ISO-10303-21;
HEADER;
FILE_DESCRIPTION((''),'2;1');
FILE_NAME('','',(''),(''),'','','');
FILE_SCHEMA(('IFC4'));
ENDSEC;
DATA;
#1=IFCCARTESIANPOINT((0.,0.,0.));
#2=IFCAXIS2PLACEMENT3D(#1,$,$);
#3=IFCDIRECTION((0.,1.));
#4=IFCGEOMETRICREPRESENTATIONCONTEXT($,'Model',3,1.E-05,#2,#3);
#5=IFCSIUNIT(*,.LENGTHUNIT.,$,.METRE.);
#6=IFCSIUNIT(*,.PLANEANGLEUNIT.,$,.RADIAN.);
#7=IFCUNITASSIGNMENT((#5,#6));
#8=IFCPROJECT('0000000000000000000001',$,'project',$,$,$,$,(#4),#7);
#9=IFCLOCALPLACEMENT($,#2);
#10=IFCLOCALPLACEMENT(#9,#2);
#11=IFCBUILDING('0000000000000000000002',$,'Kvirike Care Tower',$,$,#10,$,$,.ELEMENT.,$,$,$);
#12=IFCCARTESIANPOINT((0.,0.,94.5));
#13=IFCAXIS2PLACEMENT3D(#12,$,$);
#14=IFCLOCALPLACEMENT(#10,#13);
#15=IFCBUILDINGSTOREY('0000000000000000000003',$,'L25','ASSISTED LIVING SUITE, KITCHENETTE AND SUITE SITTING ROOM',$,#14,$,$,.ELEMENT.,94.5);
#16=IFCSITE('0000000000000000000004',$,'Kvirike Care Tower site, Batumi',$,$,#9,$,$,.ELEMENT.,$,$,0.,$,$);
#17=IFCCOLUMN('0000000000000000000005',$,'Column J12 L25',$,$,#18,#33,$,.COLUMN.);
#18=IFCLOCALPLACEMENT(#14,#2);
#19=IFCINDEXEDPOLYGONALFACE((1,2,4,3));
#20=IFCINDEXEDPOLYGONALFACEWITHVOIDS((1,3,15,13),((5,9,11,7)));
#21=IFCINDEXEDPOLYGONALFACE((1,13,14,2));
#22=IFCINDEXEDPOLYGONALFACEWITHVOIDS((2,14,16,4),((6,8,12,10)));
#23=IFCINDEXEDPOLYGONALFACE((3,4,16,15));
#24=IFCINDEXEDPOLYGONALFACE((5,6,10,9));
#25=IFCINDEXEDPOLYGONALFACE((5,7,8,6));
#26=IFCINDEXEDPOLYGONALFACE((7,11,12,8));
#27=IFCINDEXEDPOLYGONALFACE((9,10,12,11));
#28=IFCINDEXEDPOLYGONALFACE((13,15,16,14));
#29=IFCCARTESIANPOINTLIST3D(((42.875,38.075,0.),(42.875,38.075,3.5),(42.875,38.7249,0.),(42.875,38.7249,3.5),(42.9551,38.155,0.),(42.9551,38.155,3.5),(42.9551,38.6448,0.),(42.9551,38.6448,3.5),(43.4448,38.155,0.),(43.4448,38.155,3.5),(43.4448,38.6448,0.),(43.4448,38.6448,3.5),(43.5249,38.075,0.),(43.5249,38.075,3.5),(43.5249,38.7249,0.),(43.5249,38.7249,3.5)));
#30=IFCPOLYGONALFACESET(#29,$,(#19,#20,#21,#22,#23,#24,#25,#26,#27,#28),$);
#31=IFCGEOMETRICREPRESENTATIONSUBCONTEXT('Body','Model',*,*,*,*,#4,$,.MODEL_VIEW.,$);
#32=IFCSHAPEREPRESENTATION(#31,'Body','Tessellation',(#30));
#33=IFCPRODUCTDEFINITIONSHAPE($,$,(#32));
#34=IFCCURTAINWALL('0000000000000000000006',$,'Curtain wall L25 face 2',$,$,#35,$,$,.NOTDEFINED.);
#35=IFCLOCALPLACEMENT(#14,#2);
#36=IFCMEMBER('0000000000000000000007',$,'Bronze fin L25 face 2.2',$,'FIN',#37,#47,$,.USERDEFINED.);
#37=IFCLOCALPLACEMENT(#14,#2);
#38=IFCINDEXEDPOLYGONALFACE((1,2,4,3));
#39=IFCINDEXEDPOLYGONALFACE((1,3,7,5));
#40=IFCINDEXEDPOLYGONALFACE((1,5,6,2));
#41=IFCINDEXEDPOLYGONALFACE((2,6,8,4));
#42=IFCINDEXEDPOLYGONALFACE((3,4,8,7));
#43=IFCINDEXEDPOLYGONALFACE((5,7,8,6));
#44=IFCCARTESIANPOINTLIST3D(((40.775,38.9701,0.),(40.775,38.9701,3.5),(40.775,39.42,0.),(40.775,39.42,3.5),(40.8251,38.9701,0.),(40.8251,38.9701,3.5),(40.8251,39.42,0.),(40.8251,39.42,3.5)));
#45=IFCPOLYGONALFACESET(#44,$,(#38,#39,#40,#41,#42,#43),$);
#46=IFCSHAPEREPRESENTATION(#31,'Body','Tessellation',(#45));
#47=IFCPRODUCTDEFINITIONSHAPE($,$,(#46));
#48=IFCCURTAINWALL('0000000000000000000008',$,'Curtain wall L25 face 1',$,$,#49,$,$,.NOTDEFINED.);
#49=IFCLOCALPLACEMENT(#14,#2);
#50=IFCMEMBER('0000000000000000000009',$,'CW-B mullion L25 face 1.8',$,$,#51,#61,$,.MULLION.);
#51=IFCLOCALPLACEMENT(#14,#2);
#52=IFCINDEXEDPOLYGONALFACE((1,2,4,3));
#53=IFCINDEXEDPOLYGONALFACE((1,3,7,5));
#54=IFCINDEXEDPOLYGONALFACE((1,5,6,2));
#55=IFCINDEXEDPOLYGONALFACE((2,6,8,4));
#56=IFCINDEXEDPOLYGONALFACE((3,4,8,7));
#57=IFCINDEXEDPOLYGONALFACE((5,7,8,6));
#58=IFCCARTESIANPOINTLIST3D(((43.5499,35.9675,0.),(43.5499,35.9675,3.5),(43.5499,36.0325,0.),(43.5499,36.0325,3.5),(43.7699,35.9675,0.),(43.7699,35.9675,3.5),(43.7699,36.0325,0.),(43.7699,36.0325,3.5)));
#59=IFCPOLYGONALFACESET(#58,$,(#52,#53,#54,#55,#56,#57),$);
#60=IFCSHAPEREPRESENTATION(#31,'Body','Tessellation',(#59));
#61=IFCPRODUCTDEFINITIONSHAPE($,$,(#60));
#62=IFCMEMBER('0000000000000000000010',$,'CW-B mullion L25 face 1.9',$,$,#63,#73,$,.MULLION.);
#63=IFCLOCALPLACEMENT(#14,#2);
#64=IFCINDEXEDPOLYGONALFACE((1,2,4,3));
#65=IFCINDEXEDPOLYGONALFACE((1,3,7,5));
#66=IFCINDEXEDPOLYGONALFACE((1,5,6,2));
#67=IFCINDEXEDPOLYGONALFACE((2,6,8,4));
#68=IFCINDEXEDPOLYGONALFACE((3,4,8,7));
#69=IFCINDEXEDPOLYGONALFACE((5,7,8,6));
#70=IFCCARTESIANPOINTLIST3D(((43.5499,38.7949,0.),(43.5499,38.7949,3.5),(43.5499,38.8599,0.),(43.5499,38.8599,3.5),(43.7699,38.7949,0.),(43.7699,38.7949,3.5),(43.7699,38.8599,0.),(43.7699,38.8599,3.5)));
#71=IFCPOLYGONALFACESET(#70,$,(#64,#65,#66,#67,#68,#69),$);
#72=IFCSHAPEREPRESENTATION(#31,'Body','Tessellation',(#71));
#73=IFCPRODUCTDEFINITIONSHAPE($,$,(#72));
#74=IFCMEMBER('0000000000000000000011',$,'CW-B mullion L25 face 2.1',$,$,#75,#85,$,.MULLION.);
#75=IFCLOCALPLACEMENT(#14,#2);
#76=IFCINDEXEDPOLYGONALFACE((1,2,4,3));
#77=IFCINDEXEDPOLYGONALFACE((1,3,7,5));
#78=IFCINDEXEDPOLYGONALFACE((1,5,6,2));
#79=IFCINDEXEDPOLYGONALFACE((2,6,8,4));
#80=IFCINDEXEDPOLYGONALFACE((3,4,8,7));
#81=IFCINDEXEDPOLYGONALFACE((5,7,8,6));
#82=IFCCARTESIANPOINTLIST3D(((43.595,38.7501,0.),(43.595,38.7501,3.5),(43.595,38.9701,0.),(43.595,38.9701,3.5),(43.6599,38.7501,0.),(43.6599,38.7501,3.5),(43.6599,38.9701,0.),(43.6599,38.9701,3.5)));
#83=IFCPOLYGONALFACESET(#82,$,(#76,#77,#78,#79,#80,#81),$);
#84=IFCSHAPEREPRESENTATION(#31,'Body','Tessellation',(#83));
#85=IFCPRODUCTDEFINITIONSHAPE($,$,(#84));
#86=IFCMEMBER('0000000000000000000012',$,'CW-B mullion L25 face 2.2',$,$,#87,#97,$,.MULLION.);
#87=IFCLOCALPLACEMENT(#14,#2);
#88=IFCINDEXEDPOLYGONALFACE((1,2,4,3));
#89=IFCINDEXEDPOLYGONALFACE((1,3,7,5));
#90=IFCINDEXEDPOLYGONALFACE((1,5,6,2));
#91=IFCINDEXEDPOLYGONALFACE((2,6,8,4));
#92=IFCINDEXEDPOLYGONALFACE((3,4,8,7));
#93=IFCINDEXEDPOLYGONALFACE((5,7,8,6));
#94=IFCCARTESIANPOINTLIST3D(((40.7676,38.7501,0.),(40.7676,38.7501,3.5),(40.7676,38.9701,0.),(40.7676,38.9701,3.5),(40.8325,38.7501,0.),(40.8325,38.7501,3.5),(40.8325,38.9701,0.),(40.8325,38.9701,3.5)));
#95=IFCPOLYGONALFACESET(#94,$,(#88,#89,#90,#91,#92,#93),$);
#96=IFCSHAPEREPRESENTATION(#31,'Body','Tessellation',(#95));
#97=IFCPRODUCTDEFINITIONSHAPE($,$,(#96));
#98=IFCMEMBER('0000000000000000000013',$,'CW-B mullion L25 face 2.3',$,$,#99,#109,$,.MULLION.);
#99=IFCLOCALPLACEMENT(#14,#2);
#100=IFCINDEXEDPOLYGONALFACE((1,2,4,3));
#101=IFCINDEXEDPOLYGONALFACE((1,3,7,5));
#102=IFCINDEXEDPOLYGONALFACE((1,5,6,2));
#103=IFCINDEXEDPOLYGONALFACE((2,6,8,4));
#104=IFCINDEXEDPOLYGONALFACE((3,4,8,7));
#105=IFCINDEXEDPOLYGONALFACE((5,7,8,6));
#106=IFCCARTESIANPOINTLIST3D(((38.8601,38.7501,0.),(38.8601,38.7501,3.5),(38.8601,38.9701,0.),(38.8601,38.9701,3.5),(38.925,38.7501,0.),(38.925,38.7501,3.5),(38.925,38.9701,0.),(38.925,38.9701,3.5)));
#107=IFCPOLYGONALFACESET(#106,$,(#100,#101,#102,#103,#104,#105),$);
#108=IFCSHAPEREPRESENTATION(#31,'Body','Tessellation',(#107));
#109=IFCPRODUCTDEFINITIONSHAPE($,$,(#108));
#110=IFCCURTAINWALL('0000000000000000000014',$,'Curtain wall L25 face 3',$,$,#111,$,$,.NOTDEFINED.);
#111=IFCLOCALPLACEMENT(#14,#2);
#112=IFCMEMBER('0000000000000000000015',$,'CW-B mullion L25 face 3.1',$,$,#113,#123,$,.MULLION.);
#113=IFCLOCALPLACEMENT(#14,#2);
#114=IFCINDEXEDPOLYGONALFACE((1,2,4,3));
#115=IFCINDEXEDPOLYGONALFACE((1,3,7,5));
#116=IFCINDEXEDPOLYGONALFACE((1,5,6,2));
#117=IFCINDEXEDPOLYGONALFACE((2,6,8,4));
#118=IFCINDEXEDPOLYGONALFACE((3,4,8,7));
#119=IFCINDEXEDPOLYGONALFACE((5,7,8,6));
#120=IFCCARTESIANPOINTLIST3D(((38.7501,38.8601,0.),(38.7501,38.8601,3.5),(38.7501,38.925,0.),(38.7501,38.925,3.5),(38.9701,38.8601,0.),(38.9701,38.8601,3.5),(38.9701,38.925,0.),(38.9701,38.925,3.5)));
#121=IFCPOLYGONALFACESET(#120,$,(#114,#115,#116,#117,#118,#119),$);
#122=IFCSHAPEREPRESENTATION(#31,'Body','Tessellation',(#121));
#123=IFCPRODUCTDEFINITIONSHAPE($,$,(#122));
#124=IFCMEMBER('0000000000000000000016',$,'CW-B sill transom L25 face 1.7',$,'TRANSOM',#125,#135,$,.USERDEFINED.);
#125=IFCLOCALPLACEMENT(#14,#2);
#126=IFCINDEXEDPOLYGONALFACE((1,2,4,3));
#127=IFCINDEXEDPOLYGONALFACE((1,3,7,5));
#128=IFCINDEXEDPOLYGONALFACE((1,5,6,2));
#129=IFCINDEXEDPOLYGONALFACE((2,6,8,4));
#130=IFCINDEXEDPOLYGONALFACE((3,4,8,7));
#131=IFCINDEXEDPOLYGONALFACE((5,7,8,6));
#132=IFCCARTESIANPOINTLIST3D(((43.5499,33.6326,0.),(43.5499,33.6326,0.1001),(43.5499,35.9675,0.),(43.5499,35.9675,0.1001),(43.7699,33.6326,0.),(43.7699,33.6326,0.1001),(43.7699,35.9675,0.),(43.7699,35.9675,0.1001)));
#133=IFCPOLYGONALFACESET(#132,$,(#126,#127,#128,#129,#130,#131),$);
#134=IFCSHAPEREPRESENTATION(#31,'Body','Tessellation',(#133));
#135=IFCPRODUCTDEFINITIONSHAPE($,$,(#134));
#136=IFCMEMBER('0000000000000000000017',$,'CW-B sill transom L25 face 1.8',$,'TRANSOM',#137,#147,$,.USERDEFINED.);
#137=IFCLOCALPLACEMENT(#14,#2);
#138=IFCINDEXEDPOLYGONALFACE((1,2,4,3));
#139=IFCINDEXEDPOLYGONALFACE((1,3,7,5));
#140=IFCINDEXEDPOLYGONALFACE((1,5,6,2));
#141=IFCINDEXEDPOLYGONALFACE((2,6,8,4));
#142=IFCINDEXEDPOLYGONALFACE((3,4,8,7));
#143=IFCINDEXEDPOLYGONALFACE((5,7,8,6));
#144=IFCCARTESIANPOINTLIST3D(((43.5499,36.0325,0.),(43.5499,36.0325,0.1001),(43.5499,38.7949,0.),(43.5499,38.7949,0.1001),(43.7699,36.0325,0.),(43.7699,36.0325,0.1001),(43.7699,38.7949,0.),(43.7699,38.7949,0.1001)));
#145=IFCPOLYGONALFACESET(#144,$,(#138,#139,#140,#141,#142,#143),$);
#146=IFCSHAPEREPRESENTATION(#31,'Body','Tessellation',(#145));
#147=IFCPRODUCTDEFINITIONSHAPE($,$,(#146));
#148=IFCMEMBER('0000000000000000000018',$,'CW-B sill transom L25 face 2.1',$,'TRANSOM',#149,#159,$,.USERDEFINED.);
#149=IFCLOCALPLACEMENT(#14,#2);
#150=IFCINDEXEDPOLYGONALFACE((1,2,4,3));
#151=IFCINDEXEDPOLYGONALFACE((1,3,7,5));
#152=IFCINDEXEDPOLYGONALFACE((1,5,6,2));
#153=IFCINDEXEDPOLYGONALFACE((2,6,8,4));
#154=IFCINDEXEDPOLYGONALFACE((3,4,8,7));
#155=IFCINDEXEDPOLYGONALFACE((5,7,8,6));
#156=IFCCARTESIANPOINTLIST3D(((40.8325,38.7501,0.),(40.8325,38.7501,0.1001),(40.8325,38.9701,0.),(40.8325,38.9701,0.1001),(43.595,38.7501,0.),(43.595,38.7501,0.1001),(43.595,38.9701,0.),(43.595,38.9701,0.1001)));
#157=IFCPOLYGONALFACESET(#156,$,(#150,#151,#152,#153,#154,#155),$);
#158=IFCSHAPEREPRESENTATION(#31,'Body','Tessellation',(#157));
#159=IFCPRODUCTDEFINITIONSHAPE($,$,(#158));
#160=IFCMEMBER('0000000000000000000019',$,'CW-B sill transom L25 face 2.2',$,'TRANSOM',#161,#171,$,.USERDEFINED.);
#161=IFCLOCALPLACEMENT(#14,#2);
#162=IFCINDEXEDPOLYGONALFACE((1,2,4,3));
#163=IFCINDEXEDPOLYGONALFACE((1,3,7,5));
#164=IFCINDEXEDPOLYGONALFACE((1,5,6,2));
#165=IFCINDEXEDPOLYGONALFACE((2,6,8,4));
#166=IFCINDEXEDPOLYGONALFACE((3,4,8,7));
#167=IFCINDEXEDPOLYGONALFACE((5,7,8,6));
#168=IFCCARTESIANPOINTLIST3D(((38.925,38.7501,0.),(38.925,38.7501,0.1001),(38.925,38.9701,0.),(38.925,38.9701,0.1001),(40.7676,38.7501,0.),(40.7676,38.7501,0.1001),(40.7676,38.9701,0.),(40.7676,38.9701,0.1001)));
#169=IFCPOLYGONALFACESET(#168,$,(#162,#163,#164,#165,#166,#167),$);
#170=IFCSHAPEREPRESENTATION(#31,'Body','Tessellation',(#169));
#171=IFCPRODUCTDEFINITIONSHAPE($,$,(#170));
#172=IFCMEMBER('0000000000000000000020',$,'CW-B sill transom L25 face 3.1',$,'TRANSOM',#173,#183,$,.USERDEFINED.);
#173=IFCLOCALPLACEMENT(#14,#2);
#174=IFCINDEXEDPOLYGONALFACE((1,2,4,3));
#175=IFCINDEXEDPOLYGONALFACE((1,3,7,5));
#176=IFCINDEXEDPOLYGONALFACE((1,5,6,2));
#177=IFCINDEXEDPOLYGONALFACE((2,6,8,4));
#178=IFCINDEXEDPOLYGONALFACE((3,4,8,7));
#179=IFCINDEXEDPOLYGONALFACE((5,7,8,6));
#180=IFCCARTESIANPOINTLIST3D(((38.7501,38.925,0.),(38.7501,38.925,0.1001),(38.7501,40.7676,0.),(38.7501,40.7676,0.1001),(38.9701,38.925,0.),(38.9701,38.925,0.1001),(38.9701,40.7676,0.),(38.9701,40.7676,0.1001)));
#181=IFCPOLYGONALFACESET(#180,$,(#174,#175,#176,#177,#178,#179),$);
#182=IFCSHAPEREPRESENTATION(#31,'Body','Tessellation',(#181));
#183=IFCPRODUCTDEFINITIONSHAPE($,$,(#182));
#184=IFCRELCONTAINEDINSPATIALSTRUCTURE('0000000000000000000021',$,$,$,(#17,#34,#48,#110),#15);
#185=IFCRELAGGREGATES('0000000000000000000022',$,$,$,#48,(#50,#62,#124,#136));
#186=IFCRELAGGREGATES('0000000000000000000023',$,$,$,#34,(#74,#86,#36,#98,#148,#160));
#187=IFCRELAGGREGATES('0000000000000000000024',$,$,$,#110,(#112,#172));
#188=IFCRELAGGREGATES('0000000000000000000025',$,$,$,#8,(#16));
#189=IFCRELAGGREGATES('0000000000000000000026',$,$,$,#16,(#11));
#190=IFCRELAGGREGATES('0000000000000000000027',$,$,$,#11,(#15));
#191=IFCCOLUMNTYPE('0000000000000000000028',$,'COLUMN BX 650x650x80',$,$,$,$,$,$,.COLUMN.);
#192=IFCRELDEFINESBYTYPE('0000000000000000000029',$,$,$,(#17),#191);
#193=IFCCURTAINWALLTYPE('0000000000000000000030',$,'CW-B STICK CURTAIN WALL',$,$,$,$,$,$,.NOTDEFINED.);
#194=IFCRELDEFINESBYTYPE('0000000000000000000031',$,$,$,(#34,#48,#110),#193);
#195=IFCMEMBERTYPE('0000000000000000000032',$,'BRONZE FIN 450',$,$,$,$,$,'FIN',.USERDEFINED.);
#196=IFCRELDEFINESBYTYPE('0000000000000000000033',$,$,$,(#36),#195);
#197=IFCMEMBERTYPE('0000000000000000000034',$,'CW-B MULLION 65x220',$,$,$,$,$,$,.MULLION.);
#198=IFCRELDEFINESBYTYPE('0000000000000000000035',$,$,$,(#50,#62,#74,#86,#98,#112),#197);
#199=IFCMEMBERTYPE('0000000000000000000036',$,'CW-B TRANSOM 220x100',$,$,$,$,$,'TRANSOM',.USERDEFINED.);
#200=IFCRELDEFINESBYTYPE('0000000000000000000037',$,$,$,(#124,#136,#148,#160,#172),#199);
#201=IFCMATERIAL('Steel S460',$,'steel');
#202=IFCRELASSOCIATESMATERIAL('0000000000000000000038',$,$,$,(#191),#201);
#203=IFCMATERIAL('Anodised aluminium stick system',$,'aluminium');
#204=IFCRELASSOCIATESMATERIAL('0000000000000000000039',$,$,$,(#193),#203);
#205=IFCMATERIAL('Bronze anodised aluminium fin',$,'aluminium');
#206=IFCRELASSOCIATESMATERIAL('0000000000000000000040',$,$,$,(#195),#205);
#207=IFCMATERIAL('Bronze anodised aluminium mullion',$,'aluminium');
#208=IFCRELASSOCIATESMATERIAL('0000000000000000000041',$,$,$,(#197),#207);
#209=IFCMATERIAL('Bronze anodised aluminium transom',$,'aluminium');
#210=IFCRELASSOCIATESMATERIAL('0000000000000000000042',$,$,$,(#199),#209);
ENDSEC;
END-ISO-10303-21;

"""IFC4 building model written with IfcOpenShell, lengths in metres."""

from ifc_helpers import new_model, si_unit, direction, frame, origin, origin_2d, place, context, subcontext, project, spatial, rectangle, hollow_rectangle, extrude, material, material_profile, profile_set, type_object, element, aggregate, save


model = new_model("IFC4")

# Units and contexts
model_context = context("Model", 3, precision=1e-05, world=origin(), true_north=direction((0.0, 1.0)))
body_context = subcontext(model_context, "Body", "Model", "MODEL_VIEW")
ifc_project = project(units=[si_unit("LENGTHUNIT", "METRE"), si_unit("PLANEANGLEUNIT", "RADIAN")], contexts=[model_context])

# Site, building, storey
site_placement = place(None, origin())
site = spatial("IfcSite", under=ifc_project, at=site_placement, Name="Kvirike Care Tower site, Batumi", CompositionType="ELEMENT", RefElevation=0.0)
building_placement = place(site_placement, origin())
building = spatial("IfcBuilding", under=site, at=building_placement, Name="Kvirike Care Tower", CompositionType="ELEMENT")
storey_placement = place(building_placement, frame((0.0, 0.0, 94.5)))
storey = spatial("IfcBuildingStorey", under=building, at=storey_placement, Name="L25", Description="ASSISTED LIVING SUITE, KITCHENETTE AND SUITE SITTING ROOM", CompositionType="ELEMENT", Elevation=94.5)

# Column
ifc_material_1 = material(Name="Steel S460", Category="steel")
ifc_material_profile_1 = material_profile(ifc_material_1, hollow_rectangle(XDim=0.6499, YDim=0.6499, WallThickness=0.0801, at=origin_2d()), Name="BX 650x650x80")
ifc_profile_set_1 = profile_set([ifc_material_profile_1], Name="Steel S460")
column_type = type_object("IfcColumnType", Name="COLUMN BX 650x650x80", PredefinedType="COLUMN", material=ifc_profile_set_1)
column_placement = place(storey_placement, frame((43.2, 38.3999, 0.0), z_axis=(0.0, 0.0, 1.0), x_axis=(0.0, 1.0, 0.0)))
element("IfcColumn", 1, at=column_placement, inside=storey, type_object=column_type, Name="Column J12 L25", PredefinedType="COLUMN", context=body_context, shape_type="SweptSolid", body=[
    extrude(hollow_rectangle(XDim=0.6499, YDim=0.6499, WallThickness=0.0801, at=origin_2d()), origin(), (0.0, 0.0, 1.0), 3.5),
])

# Curtain wall, member
ifc_material_2 = material(Name="Anodised aluminium stick system", Category="aluminium")
curtain_wall_type = type_object("IfcCurtainWallType", Name="CW-B STICK CURTAIN WALL", PredefinedType="NOTDEFINED", material=ifc_material_2)
curtain_wall_1_placement = place(storey_placement, origin())
curtain_wall_1 = element("IfcCurtainWall", 2, at=curtain_wall_1_placement, inside=storey, type_object=curtain_wall_type, Name="Curtain wall L25 face 2", PredefinedType="NOTDEFINED")
ifc_material_3 = material(Name="Bronze anodised aluminium fin", Category="aluminium")
ifc_material_profile_2 = material_profile(ifc_material_3, rectangle(XDim=0.05, YDim=0.45, at=origin_2d()), Name="BRONZE FIN 450")
ifc_profile_set_2 = profile_set([ifc_material_profile_2], Name="Bronze anodised aluminium fin")
member_type_1 = type_object("IfcMemberType", Name="BRONZE FIN 450", ElementType="FIN", PredefinedType="USERDEFINED", material=ifc_profile_set_2)
member_1_placement = place(storey_placement, frame((40.8, 39.1951, 0.0), z_axis=(0.0, 0.0, 1.0), x_axis=(-1.0, 0.0, 0.0)))
member_1 = element("IfcMember", 3, at=member_1_placement, type_object=member_type_1, Name="Bronze fin L25 face 2.2", ObjectType="FIN", PredefinedType="USERDEFINED", context=body_context, shape_type="SweptSolid", body=[
    extrude(rectangle(XDim=0.05, YDim=0.45, at=origin_2d()), origin(), (0.0, 0.0, 1.0), 3.5),
])

# Curtain wall, members
curtain_wall_2_placement = place(storey_placement, origin())
curtain_wall_2 = element("IfcCurtainWall", 4, at=curtain_wall_2_placement, inside=storey, type_object=curtain_wall_type, Name="Curtain wall L25 face 1", PredefinedType="NOTDEFINED")
ifc_material_4 = material(Name="Bronze anodised aluminium mullion", Category="aluminium")
ifc_material_profile_3 = material_profile(ifc_material_4, rectangle(XDim=0.0649, YDim=0.22, at=origin_2d()), Name="CW-B MULLION 65x220")
ifc_profile_set_3 = profile_set([ifc_material_profile_3], Name="Bronze anodised aluminium mullion")
member_type_2 = type_object("IfcMemberType", Name="CW-B MULLION 65x220", PredefinedType="MULLION", material=ifc_profile_set_3)
member_2_placement = place(storey_placement, frame((43.6599, 36.0, 0.0), z_axis=(0.0, 0.0, 1.0), x_axis=(0.0, 1.0, 0.0)))
member_2 = element("IfcMember", 5, at=member_2_placement, type_object=member_type_2, Name="CW-B mullion L25 face 1.8", PredefinedType="MULLION", context=body_context, shape_type="SweptSolid", body=[
    extrude(rectangle(XDim=0.0649, YDim=0.22, at=origin_2d()), origin(), (0.0, 0.0, 1.0), 3.5),
])
member_3_placement = place(storey_placement, frame((43.6599, 38.8274, 0.0), z_axis=(0.0, 0.0, 1.0), x_axis=(0.0, 1.0, 0.0)))
member_3 = element("IfcMember", 6, at=member_3_placement, type_object=member_type_2, Name="CW-B mullion L25 face 1.9", PredefinedType="MULLION", context=body_context, shape_type="SweptSolid", body=[
    extrude(rectangle(XDim=0.0649, YDim=0.22, at=origin_2d()), origin(), (0.0, 0.0, 1.0), 3.5),
])

# Members
member_4_placement = place(storey_placement, frame((43.6274, 38.8601, 0.0), z_axis=(0.0, 0.0, 1.0), x_axis=(-1.0, 0.0, 0.0)))
member_4 = element("IfcMember", 7, at=member_4_placement, type_object=member_type_2, Name="CW-B mullion L25 face 2.1", PredefinedType="MULLION", context=body_context, shape_type="SweptSolid", body=[
    extrude(rectangle(XDim=0.0649, YDim=0.22, at=origin_2d()), origin(), (0.0, 0.0, 1.0), 3.5),
])
member_5_placement = place(storey_placement, frame((40.8, 38.8601, 0.0), z_axis=(0.0, 0.0, 1.0), x_axis=(-1.0, 0.0, 0.0)))
member_5 = element("IfcMember", 8, at=member_5_placement, type_object=member_type_2, Name="CW-B mullion L25 face 2.2", PredefinedType="MULLION", context=body_context, shape_type="SweptSolid", body=[
    extrude(rectangle(XDim=0.0649, YDim=0.22, at=origin_2d()), origin(), (0.0, 0.0, 1.0), 3.5),
])
member_6_placement = place(storey_placement, frame((38.8926, 38.8601, 0.0), z_axis=(0.0, 0.0, 1.0), x_axis=(-1.0, 0.0, 0.0)))
member_6 = element("IfcMember", 9, at=member_6_placement, type_object=member_type_2, Name="CW-B mullion L25 face 2.3", PredefinedType="MULLION", context=body_context, shape_type="SweptSolid", body=[
    extrude(rectangle(XDim=0.0649, YDim=0.22, at=origin_2d()), origin(), (0.0, 0.0, 1.0), 3.5),
])

# Curtain wall, member
curtain_wall_3_placement = place(storey_placement, origin())
curtain_wall_3 = element("IfcCurtainWall", 10, at=curtain_wall_3_placement, inside=storey, type_object=curtain_wall_type, Name="Curtain wall L25 face 3", PredefinedType="NOTDEFINED")
member_7_placement = place(storey_placement, frame((38.8601, 38.8926, 0.0), z_axis=(0.0, 0.0, 1.0), x_axis=(0.0, 1.0, 0.0)))
member_7 = element("IfcMember", 11, at=member_7_placement, type_object=member_type_2, Name="CW-B mullion L25 face 3.1", PredefinedType="MULLION", context=body_context, shape_type="SweptSolid", body=[
    extrude(rectangle(XDim=0.0649, YDim=0.22, at=origin_2d()), origin(), (0.0, 0.0, 1.0), 3.5),
])

# Members
ifc_material_5 = material(Name="Bronze anodised aluminium transom", Category="aluminium")
ifc_material_profile_4 = material_profile(ifc_material_5, rectangle(XDim=0.22, YDim=0.1001, at=origin_2d()), Name="CW-B TRANSOM 220x100")
ifc_profile_set_4 = profile_set([ifc_material_profile_4], Name="Bronze anodised aluminium transom")
member_type_3 = type_object("IfcMemberType", Name="CW-B TRANSOM 220x100", ElementType="TRANSOM", PredefinedType="USERDEFINED", material=ifc_profile_set_4)
member_8_placement = place(storey_placement, frame((43.6599, 33.6326, 0.05), z_axis=(0.0, 1.0, 0.0), x_axis=(-1.0, 0.0, 0.0)))
member_8 = element("IfcMember", 12, at=member_8_placement, type_object=member_type_3, Name="CW-B sill transom L25 face 1.7", ObjectType="TRANSOM", PredefinedType="USERDEFINED", context=body_context, shape_type="SweptSolid", body=[
    extrude(rectangle(XDim=0.22, YDim=0.1001, at=origin_2d()), origin(), (0.0, 0.0, 1.0), 2.335),
])
member_9_placement = place(storey_placement, frame((43.6599, 36.0325, 0.05), z_axis=(0.0, 1.0, 0.0), x_axis=(-1.0, 0.0, 0.0)))
member_9 = element("IfcMember", 13, at=member_9_placement, type_object=member_type_3, Name="CW-B sill transom L25 face 1.8", ObjectType="TRANSOM", PredefinedType="USERDEFINED", context=body_context, shape_type="SweptSolid", body=[
    extrude(rectangle(XDim=0.22, YDim=0.1001, at=origin_2d()), origin(), (0.0, 0.0, 1.0), 2.7625),
])
member_10_placement = place(storey_placement, frame((43.595, 38.8601, 0.05), z_axis=(-1.0, 0.0, 0.0), x_axis=(0.0, -1.0, 0.0)))
member_10 = element("IfcMember", 14, at=member_10_placement, type_object=member_type_3, Name="CW-B sill transom L25 face 2.1", ObjectType="TRANSOM", PredefinedType="USERDEFINED", context=body_context, shape_type="SweptSolid", body=[
    extrude(rectangle(XDim=0.22, YDim=0.1001, at=origin_2d()), origin(), (0.0, 0.0, 1.0), 2.7625),
])
member_11_placement = place(storey_placement, frame((40.7676, 38.8601, 0.05), z_axis=(-1.0, 0.0, 0.0), x_axis=(0.0, -1.0, 0.0)))
member_11 = element("IfcMember", 15, at=member_11_placement, type_object=member_type_3, Name="CW-B sill transom L25 face 2.2", ObjectType="TRANSOM", PredefinedType="USERDEFINED", context=body_context, shape_type="SweptSolid", body=[
    extrude(rectangle(XDim=0.22, YDim=0.1001, at=origin_2d()), origin(), (0.0, 0.0, 1.0), 1.8425),
])
member_12_placement = place(storey_placement, frame((38.8601, 38.925, 0.05), z_axis=(0.0, 1.0, 0.0), x_axis=(-1.0, 0.0, 0.0)))
member_12 = element("IfcMember", 16, at=member_12_placement, type_object=member_type_3, Name="CW-B sill transom L25 face 3.1", ObjectType="TRANSOM", PredefinedType="USERDEFINED", context=body_context, shape_type="SweptSolid", body=[
    extrude(rectangle(XDim=0.22, YDim=0.1001, at=origin_2d()), origin(), (0.0, 0.0, 1.0), 1.8425),
])

aggregate(curtain_wall_2, [member_2, member_3, member_8, member_9])
aggregate(curtain_wall_1, [member_4, member_5, member_1, member_6, member_10, member_11])
aggregate(curtain_wall_3, [member_7, member_12])

save(model, "model.ifc")
